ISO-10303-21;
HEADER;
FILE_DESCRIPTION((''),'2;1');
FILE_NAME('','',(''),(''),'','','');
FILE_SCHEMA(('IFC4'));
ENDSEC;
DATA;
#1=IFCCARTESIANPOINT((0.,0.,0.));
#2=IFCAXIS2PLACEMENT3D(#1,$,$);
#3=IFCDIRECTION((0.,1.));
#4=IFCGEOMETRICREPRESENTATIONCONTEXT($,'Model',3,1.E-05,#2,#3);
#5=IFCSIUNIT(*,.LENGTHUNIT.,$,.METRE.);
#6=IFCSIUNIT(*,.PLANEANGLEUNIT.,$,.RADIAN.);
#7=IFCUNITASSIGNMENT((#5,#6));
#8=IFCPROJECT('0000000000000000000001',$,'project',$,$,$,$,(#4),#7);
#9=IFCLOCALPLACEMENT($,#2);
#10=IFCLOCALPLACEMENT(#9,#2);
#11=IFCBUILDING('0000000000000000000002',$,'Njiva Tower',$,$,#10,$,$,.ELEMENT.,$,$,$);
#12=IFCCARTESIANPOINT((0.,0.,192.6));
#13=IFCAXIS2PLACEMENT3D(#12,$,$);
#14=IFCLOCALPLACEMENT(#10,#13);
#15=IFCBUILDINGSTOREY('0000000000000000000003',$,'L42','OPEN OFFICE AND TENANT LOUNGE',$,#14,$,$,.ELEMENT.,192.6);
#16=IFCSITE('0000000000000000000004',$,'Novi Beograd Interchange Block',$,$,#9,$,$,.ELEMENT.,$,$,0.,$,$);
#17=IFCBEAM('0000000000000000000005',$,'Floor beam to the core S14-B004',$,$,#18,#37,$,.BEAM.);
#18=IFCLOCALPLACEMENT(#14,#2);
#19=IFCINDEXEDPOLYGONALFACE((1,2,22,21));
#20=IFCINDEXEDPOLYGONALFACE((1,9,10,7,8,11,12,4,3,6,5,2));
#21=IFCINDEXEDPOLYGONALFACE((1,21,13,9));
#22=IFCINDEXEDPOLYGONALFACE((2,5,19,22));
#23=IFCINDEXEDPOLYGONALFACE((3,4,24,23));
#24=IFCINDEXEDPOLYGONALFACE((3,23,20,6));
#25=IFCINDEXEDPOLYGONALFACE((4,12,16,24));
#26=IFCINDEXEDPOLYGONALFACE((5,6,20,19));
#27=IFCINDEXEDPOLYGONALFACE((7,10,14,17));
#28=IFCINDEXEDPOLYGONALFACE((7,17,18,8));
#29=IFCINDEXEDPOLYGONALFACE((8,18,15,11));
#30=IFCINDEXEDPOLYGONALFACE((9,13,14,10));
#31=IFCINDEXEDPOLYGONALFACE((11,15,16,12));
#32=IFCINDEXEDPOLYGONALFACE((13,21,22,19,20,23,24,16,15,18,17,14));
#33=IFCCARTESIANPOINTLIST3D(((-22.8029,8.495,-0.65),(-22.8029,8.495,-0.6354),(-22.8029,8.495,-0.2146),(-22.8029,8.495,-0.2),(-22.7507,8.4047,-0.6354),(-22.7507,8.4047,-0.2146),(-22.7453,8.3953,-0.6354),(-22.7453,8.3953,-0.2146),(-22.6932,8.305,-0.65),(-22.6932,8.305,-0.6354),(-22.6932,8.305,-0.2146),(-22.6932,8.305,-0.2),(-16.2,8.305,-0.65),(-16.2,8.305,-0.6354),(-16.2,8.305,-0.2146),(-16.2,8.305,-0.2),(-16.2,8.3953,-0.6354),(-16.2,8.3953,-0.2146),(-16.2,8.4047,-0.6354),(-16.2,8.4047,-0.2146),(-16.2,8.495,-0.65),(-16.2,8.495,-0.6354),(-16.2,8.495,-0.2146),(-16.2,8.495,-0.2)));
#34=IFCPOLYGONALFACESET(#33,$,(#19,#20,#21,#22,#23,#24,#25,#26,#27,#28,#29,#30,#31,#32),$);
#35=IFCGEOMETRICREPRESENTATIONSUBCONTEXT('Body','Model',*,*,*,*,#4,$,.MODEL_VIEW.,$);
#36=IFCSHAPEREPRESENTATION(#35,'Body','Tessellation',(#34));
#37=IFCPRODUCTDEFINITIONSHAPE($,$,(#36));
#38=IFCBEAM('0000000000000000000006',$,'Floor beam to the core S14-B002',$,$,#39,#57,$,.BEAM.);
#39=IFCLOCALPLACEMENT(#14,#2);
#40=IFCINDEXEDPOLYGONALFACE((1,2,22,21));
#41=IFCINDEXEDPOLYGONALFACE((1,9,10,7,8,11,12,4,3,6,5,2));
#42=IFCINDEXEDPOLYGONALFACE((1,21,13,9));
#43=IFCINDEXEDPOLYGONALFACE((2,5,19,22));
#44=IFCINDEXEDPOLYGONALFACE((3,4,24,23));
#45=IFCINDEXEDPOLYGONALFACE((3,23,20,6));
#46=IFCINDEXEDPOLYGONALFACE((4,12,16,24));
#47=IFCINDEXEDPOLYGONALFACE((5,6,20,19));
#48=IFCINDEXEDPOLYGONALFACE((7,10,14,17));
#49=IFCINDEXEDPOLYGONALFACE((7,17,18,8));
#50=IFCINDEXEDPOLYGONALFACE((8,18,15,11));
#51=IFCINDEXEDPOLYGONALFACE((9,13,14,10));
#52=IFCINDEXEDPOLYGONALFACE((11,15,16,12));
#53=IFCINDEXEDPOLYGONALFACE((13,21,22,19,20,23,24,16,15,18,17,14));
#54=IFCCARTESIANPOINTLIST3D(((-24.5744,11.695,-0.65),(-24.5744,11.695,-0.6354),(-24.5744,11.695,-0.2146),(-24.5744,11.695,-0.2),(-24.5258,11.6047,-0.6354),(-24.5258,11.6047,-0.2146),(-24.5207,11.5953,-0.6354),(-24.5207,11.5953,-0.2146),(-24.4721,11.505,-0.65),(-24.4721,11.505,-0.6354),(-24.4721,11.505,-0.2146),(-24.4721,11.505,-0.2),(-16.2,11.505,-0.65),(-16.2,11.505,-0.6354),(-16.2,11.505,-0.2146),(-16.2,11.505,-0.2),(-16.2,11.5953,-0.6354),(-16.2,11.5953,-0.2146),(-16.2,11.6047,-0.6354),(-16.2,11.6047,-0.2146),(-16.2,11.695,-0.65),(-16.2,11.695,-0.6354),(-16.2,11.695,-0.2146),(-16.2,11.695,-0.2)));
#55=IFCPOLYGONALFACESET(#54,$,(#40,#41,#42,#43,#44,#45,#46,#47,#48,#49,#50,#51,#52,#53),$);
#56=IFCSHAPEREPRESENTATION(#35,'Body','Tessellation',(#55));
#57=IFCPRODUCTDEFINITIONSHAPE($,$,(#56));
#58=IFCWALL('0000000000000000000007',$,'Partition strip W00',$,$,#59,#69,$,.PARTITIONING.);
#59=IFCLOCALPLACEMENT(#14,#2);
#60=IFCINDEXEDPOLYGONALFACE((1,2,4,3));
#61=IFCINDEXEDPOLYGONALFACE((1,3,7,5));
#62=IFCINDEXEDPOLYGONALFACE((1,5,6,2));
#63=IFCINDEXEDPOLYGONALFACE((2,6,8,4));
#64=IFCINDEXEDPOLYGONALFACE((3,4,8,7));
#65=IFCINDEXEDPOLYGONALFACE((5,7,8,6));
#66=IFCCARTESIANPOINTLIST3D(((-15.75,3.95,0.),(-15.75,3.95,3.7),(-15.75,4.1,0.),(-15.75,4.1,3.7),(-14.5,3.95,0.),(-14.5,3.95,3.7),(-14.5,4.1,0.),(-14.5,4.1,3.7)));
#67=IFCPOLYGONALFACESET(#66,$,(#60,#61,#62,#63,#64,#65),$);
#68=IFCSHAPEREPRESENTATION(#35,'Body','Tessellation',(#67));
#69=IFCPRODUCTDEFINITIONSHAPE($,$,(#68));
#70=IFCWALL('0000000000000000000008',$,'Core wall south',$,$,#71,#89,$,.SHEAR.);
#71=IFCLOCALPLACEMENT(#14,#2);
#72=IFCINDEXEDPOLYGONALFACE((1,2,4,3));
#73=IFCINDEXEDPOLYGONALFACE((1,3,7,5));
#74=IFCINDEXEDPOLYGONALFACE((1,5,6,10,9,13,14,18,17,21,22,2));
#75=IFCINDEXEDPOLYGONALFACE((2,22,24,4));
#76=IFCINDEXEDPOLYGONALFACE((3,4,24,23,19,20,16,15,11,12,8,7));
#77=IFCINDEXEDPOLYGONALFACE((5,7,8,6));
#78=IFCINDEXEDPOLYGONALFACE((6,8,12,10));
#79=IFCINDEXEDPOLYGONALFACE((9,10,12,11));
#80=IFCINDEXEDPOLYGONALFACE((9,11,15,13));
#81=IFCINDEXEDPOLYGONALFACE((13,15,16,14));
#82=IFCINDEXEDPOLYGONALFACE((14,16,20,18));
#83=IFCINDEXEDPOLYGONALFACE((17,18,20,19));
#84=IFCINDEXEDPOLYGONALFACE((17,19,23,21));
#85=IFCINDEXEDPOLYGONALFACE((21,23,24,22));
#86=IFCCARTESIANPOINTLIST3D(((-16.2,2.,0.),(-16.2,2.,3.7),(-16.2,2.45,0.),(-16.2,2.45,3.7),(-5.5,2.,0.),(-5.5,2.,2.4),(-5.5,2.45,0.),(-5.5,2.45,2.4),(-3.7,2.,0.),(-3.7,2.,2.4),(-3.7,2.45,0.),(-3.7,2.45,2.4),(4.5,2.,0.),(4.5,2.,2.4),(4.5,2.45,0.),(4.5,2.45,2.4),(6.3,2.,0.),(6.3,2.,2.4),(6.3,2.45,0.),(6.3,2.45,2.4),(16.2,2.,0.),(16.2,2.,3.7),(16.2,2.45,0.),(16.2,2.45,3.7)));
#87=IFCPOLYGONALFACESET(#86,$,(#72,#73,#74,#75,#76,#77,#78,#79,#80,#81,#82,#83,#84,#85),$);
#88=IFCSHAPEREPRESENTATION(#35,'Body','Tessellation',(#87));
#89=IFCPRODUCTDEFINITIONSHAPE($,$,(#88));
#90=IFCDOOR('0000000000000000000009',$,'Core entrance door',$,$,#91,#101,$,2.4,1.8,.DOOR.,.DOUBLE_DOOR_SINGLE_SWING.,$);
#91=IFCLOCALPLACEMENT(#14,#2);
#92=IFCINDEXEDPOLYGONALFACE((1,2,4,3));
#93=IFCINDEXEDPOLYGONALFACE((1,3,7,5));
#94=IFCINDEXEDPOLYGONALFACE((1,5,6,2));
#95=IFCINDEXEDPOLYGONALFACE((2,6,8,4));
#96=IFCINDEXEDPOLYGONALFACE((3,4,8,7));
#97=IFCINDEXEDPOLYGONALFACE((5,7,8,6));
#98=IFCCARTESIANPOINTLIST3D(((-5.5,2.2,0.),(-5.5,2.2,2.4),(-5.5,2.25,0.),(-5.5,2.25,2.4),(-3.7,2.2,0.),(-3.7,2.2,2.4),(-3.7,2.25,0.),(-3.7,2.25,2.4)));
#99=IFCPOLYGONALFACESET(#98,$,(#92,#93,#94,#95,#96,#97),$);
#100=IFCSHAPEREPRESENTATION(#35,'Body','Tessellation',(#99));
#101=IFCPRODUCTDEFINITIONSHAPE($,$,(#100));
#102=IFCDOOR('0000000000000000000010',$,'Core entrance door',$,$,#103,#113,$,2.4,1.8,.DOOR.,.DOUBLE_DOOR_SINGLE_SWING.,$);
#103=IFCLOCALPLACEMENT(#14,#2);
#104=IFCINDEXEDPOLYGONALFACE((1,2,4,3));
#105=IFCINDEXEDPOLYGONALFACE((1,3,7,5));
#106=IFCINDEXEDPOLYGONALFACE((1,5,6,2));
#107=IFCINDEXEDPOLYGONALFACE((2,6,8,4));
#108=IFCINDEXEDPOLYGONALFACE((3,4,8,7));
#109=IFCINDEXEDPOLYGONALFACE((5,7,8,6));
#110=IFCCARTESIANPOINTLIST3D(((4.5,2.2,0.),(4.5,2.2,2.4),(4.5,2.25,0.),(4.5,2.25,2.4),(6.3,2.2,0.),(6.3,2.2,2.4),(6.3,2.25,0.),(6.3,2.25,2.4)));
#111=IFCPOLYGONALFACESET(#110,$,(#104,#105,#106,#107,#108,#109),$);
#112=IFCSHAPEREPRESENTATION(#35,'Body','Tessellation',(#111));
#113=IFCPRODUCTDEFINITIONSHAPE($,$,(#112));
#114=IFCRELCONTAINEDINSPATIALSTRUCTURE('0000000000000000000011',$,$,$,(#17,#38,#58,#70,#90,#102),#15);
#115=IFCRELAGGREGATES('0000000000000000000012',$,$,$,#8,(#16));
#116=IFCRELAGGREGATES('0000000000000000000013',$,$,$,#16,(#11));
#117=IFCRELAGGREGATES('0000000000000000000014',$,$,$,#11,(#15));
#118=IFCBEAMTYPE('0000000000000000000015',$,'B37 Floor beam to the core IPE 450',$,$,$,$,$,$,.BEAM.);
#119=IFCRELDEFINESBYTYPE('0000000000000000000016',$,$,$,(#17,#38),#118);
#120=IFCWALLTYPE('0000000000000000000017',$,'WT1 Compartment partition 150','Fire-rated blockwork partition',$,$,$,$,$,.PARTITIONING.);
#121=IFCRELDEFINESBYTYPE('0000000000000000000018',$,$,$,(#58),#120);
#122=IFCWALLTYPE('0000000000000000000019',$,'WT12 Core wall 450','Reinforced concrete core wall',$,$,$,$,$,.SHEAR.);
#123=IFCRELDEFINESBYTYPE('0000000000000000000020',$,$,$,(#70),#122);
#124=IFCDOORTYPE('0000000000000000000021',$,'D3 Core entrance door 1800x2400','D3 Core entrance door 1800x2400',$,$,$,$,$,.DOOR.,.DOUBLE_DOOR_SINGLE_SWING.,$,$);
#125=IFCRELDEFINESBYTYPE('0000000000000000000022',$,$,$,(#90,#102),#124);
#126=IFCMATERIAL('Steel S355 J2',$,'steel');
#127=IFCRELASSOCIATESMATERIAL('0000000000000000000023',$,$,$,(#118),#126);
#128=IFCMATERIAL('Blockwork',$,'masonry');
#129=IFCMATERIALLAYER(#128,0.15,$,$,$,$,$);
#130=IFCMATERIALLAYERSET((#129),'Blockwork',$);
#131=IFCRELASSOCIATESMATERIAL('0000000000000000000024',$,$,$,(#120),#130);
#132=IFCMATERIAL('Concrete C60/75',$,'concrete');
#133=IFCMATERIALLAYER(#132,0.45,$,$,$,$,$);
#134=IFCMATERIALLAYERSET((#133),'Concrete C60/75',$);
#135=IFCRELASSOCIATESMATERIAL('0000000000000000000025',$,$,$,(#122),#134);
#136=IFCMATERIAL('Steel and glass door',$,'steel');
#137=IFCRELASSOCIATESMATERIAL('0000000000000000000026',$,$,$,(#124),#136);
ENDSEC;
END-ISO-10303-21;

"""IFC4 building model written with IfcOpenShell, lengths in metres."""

from ifc_helpers import new_model, si_unit, direction, frame, frame_2d, origin, origin_2d, place, context, subcontext, project, spatial, rectangle, i_section, extrude, clip, halfspace, material, layer, layer_set, material_profile, profile_set, type_object, element, fill, save


model = new_model("IFC4")

# Units and contexts
model_context = context("Model", 3, precision=1e-05, world=origin(), true_north=direction((0.0, 1.0)))
body_context = subcontext(model_context, "Body", "Model", "MODEL_VIEW")
ifc_project = project(units=[si_unit("LENGTHUNIT", "METRE"), si_unit("PLANEANGLEUNIT", "RADIAN")], contexts=[model_context])

# Site, building, storey
site_placement = place(None, origin())
site = spatial("IfcSite", under=ifc_project, at=site_placement, Name="Novi Beograd Interchange Block", CompositionType="ELEMENT", RefElevation=0.0)
building_placement = place(site_placement, origin())
building = spatial("IfcBuilding", under=site, at=building_placement, Name="Njiva Tower", CompositionType="ELEMENT")
storey_placement = place(building_placement, frame((0.0, 0.0, 192.6)))
storey = spatial("IfcBuildingStorey", under=building, at=storey_placement, Name="L42", Description="OPEN OFFICE AND TENANT LOUNGE", CompositionType="ELEMENT", Elevation=192.6)

# Shared definitions
ifc_material_1 = material(Name="Steel S355 J2", Category="steel")

# Beams
ifc_material_profile_1 = material_profile(ifc_material_1, i_section(OverallWidth=0.19, OverallDepth=0.45, WebThickness=0.0094, FlangeThickness=0.0146, at=origin_2d()), Name="IPE 450")
ifc_profile_set_1 = profile_set([ifc_material_profile_1], Name="Steel S355 J2")
beam_type_1 = type_object("IfcBeamType", Name="B37 Floor beam to the core IPE 450", PredefinedType="BEAM", material=ifc_profile_set_1)
beam_1_placement = place(storey_placement, frame((-22.823, 8.4, -0.425), z_axis=(1.0, 0.0, 0.0), x_axis=(0.0, 1.0, 0.0)))
element("IfcBeam", 1, at=beam_1_placement, inside=storey, type_object=beam_type_1, Name="Floor beam to the core S14-B004", PredefinedType="BEAM", context=body_context, shape_type="Clipping", body=[
    clip(extrude(i_section(OverallWidth=0.19, OverallDepth=0.45, WebThickness=0.0094, FlangeThickness=0.0146, at=origin_2d()), origin(), (0.0, 0.0, 1.0), 6.623), halfspace(frame((-0.025, 0.0, 0.0894), z_axis=(-0.499998, 0.0, -0.866027), x_axis=(0.0, -1.0, 0.0)), False)),
])
beam_2_placement = place(storey_placement, frame((-24.594, 11.6, -0.425), z_axis=(1.0, 0.0, 0.0), x_axis=(0.0, 1.0, 0.0)))
element("IfcBeam", 2, at=beam_2_placement, inside=storey, type_object=beam_type_1, Name="Floor beam to the core S14-B002", PredefinedType="BEAM", context=body_context, shape_type="Clipping", body=[
    clip(extrude(i_section(OverallWidth=0.19, OverallDepth=0.45, WebThickness=0.0094, FlangeThickness=0.0146, at=origin_2d()), origin(), (0.0, 0.0, 1.0), 8.394), halfspace(frame((-0.0237, 0.0, 0.0835), z_axis=(-0.473769, 0.0, -0.880649), x_axis=(0.0, -1.0, 0.0)), False)),
])

# Wall
ifc_material_2 = material(Name="Blockwork", Category="masonry")
ifc_layer_1 = layer(ifc_material_2, 0.15)
ifc_layer_set_1 = layer_set([ifc_layer_1], Name="Blockwork")
wall_type_1 = type_object("IfcWallType", Name="WT1 Compartment partition 150", Description="Fire-rated blockwork partition", PredefinedType="PARTITIONING", material=ifc_layer_set_1)
wall_1_placement = place(storey_placement, frame((-15.75, 4.025, 0.0), z_axis=(0.0, 0.0, 1.0), x_axis=(1.0, 0.0, 0.0)))
element("IfcWall", 3, at=wall_1_placement, inside=storey, type_object=wall_type_1, Name="Partition strip W00", PredefinedType="PARTITIONING", context=body_context, shape_type="SweptSolid", body=[
    extrude(rectangle(XDim=1.25, YDim=0.15, at=frame_2d((0.625, 0.0))), origin(), (0.0, 0.0, 1.0), 3.7),
])

# Wall, openings, doors
ifc_material_3 = material(Name="Concrete C60/75", Category="concrete")
ifc_layer_2 = layer(ifc_material_3, 0.45)
ifc_layer_set_2 = layer_set([ifc_layer_2], Name="Concrete C60/75")
wall_type_2 = type_object("IfcWallType", Name="WT12 Core wall 450", Description="Reinforced concrete core wall", PredefinedType="SHEAR", material=ifc_layer_set_2)
wall_2_placement = place(storey_placement, frame((-16.2, 2.225, 0.0), z_axis=(0.0, 0.0, 1.0), x_axis=(1.0, 0.0, 0.0)))
wall_2 = element("IfcWall", 4, at=wall_2_placement, inside=storey, type_object=wall_type_2, Name="Core wall south", PredefinedType="SHEAR", context=body_context, shape_type="SweptSolid", body=[
    extrude(rectangle(XDim=32.4, YDim=0.45, at=frame_2d((16.2, 0.0))), origin(), (0.0, 0.0, 1.0), 3.7),
])
opening_1_placement = place(wall_2_placement, frame((10.7, 0.0, 0.0)))
opening_1 = element("IfcOpeningElement", 5, at=opening_1_placement, cuts=wall_2, PredefinedType="OPENING", context=body_context, shape_type="SweptSolid", body=[
    extrude(rectangle(XDim=1.8, YDim=2.4, at=frame_2d((0.9, 1.2))), frame((0.0, 0.235, 0.0), z_axis=(0.0, -1.0, 0.0), x_axis=(1.0, 0.0, 0.0)), (0.0, 0.0, 1.0), 0.47),
])
opening_2_placement = place(wall_2_placement, frame((20.7, 0.0, 0.0)))
opening_2 = element("IfcOpeningElement", 6, at=opening_2_placement, cuts=wall_2, PredefinedType="OPENING", context=body_context, shape_type="SweptSolid", body=[
    extrude(rectangle(XDim=1.8, YDim=2.4, at=frame_2d((0.9, 1.2))), frame((0.0, 0.235, 0.0), z_axis=(0.0, -1.0, 0.0), x_axis=(1.0, 0.0, 0.0)), (0.0, 0.0, 1.0), 0.47),
])
ifc_material_4 = material(Name="Steel and glass door", Category="steel")
door_type_1 = type_object("IfcDoorType", Name="D3 Core entrance door 1800x2400", Description="D3 Core entrance door 1800x2400", OperationType="DOUBLE_DOOR_SINGLE_SWING", PredefinedType="DOOR", material=ifc_material_4)
door_1_placement = place(opening_1_placement, origin())
door_1 = element("IfcDoor", 7, at=door_1_placement, inside=storey, type_object=door_type_1, Name="Core entrance door", OperationType="DOUBLE_DOOR_SINGLE_SWING", OverallHeight=2.4, OverallWidth=1.8, PredefinedType="DOOR", context=body_context, shape_type="SweptSolid", body=[
    extrude(rectangle(XDim=1.8, YDim=2.4, at=frame_2d((0.9, 1.2))), frame((0.0, 0.025, 0.0), z_axis=(0.0, -1.0, 0.0), x_axis=(1.0, 0.0, 0.0)), (0.0, 0.0, 1.0), 0.05),
])
fill(opening_1, door_1)
door_2_placement = place(opening_2_placement, origin())
door_2 = element("IfcDoor", 8, at=door_2_placement, inside=storey, type_object=door_type_1, Name="Core entrance door", OperationType="DOUBLE_DOOR_SINGLE_SWING", OverallHeight=2.4, OverallWidth=1.8, PredefinedType="DOOR", context=body_context, shape_type="SweptSolid", body=[
    extrude(rectangle(XDim=1.8, YDim=2.4, at=frame_2d((0.9, 1.2))), frame((0.0, 0.025, 0.0), z_axis=(0.0, -1.0, 0.0), x_axis=(1.0, 0.0, 0.0)), (0.0, 0.0, 1.0), 0.05),
])
fill(opening_2, door_2)

save(model, "model.ifc")
